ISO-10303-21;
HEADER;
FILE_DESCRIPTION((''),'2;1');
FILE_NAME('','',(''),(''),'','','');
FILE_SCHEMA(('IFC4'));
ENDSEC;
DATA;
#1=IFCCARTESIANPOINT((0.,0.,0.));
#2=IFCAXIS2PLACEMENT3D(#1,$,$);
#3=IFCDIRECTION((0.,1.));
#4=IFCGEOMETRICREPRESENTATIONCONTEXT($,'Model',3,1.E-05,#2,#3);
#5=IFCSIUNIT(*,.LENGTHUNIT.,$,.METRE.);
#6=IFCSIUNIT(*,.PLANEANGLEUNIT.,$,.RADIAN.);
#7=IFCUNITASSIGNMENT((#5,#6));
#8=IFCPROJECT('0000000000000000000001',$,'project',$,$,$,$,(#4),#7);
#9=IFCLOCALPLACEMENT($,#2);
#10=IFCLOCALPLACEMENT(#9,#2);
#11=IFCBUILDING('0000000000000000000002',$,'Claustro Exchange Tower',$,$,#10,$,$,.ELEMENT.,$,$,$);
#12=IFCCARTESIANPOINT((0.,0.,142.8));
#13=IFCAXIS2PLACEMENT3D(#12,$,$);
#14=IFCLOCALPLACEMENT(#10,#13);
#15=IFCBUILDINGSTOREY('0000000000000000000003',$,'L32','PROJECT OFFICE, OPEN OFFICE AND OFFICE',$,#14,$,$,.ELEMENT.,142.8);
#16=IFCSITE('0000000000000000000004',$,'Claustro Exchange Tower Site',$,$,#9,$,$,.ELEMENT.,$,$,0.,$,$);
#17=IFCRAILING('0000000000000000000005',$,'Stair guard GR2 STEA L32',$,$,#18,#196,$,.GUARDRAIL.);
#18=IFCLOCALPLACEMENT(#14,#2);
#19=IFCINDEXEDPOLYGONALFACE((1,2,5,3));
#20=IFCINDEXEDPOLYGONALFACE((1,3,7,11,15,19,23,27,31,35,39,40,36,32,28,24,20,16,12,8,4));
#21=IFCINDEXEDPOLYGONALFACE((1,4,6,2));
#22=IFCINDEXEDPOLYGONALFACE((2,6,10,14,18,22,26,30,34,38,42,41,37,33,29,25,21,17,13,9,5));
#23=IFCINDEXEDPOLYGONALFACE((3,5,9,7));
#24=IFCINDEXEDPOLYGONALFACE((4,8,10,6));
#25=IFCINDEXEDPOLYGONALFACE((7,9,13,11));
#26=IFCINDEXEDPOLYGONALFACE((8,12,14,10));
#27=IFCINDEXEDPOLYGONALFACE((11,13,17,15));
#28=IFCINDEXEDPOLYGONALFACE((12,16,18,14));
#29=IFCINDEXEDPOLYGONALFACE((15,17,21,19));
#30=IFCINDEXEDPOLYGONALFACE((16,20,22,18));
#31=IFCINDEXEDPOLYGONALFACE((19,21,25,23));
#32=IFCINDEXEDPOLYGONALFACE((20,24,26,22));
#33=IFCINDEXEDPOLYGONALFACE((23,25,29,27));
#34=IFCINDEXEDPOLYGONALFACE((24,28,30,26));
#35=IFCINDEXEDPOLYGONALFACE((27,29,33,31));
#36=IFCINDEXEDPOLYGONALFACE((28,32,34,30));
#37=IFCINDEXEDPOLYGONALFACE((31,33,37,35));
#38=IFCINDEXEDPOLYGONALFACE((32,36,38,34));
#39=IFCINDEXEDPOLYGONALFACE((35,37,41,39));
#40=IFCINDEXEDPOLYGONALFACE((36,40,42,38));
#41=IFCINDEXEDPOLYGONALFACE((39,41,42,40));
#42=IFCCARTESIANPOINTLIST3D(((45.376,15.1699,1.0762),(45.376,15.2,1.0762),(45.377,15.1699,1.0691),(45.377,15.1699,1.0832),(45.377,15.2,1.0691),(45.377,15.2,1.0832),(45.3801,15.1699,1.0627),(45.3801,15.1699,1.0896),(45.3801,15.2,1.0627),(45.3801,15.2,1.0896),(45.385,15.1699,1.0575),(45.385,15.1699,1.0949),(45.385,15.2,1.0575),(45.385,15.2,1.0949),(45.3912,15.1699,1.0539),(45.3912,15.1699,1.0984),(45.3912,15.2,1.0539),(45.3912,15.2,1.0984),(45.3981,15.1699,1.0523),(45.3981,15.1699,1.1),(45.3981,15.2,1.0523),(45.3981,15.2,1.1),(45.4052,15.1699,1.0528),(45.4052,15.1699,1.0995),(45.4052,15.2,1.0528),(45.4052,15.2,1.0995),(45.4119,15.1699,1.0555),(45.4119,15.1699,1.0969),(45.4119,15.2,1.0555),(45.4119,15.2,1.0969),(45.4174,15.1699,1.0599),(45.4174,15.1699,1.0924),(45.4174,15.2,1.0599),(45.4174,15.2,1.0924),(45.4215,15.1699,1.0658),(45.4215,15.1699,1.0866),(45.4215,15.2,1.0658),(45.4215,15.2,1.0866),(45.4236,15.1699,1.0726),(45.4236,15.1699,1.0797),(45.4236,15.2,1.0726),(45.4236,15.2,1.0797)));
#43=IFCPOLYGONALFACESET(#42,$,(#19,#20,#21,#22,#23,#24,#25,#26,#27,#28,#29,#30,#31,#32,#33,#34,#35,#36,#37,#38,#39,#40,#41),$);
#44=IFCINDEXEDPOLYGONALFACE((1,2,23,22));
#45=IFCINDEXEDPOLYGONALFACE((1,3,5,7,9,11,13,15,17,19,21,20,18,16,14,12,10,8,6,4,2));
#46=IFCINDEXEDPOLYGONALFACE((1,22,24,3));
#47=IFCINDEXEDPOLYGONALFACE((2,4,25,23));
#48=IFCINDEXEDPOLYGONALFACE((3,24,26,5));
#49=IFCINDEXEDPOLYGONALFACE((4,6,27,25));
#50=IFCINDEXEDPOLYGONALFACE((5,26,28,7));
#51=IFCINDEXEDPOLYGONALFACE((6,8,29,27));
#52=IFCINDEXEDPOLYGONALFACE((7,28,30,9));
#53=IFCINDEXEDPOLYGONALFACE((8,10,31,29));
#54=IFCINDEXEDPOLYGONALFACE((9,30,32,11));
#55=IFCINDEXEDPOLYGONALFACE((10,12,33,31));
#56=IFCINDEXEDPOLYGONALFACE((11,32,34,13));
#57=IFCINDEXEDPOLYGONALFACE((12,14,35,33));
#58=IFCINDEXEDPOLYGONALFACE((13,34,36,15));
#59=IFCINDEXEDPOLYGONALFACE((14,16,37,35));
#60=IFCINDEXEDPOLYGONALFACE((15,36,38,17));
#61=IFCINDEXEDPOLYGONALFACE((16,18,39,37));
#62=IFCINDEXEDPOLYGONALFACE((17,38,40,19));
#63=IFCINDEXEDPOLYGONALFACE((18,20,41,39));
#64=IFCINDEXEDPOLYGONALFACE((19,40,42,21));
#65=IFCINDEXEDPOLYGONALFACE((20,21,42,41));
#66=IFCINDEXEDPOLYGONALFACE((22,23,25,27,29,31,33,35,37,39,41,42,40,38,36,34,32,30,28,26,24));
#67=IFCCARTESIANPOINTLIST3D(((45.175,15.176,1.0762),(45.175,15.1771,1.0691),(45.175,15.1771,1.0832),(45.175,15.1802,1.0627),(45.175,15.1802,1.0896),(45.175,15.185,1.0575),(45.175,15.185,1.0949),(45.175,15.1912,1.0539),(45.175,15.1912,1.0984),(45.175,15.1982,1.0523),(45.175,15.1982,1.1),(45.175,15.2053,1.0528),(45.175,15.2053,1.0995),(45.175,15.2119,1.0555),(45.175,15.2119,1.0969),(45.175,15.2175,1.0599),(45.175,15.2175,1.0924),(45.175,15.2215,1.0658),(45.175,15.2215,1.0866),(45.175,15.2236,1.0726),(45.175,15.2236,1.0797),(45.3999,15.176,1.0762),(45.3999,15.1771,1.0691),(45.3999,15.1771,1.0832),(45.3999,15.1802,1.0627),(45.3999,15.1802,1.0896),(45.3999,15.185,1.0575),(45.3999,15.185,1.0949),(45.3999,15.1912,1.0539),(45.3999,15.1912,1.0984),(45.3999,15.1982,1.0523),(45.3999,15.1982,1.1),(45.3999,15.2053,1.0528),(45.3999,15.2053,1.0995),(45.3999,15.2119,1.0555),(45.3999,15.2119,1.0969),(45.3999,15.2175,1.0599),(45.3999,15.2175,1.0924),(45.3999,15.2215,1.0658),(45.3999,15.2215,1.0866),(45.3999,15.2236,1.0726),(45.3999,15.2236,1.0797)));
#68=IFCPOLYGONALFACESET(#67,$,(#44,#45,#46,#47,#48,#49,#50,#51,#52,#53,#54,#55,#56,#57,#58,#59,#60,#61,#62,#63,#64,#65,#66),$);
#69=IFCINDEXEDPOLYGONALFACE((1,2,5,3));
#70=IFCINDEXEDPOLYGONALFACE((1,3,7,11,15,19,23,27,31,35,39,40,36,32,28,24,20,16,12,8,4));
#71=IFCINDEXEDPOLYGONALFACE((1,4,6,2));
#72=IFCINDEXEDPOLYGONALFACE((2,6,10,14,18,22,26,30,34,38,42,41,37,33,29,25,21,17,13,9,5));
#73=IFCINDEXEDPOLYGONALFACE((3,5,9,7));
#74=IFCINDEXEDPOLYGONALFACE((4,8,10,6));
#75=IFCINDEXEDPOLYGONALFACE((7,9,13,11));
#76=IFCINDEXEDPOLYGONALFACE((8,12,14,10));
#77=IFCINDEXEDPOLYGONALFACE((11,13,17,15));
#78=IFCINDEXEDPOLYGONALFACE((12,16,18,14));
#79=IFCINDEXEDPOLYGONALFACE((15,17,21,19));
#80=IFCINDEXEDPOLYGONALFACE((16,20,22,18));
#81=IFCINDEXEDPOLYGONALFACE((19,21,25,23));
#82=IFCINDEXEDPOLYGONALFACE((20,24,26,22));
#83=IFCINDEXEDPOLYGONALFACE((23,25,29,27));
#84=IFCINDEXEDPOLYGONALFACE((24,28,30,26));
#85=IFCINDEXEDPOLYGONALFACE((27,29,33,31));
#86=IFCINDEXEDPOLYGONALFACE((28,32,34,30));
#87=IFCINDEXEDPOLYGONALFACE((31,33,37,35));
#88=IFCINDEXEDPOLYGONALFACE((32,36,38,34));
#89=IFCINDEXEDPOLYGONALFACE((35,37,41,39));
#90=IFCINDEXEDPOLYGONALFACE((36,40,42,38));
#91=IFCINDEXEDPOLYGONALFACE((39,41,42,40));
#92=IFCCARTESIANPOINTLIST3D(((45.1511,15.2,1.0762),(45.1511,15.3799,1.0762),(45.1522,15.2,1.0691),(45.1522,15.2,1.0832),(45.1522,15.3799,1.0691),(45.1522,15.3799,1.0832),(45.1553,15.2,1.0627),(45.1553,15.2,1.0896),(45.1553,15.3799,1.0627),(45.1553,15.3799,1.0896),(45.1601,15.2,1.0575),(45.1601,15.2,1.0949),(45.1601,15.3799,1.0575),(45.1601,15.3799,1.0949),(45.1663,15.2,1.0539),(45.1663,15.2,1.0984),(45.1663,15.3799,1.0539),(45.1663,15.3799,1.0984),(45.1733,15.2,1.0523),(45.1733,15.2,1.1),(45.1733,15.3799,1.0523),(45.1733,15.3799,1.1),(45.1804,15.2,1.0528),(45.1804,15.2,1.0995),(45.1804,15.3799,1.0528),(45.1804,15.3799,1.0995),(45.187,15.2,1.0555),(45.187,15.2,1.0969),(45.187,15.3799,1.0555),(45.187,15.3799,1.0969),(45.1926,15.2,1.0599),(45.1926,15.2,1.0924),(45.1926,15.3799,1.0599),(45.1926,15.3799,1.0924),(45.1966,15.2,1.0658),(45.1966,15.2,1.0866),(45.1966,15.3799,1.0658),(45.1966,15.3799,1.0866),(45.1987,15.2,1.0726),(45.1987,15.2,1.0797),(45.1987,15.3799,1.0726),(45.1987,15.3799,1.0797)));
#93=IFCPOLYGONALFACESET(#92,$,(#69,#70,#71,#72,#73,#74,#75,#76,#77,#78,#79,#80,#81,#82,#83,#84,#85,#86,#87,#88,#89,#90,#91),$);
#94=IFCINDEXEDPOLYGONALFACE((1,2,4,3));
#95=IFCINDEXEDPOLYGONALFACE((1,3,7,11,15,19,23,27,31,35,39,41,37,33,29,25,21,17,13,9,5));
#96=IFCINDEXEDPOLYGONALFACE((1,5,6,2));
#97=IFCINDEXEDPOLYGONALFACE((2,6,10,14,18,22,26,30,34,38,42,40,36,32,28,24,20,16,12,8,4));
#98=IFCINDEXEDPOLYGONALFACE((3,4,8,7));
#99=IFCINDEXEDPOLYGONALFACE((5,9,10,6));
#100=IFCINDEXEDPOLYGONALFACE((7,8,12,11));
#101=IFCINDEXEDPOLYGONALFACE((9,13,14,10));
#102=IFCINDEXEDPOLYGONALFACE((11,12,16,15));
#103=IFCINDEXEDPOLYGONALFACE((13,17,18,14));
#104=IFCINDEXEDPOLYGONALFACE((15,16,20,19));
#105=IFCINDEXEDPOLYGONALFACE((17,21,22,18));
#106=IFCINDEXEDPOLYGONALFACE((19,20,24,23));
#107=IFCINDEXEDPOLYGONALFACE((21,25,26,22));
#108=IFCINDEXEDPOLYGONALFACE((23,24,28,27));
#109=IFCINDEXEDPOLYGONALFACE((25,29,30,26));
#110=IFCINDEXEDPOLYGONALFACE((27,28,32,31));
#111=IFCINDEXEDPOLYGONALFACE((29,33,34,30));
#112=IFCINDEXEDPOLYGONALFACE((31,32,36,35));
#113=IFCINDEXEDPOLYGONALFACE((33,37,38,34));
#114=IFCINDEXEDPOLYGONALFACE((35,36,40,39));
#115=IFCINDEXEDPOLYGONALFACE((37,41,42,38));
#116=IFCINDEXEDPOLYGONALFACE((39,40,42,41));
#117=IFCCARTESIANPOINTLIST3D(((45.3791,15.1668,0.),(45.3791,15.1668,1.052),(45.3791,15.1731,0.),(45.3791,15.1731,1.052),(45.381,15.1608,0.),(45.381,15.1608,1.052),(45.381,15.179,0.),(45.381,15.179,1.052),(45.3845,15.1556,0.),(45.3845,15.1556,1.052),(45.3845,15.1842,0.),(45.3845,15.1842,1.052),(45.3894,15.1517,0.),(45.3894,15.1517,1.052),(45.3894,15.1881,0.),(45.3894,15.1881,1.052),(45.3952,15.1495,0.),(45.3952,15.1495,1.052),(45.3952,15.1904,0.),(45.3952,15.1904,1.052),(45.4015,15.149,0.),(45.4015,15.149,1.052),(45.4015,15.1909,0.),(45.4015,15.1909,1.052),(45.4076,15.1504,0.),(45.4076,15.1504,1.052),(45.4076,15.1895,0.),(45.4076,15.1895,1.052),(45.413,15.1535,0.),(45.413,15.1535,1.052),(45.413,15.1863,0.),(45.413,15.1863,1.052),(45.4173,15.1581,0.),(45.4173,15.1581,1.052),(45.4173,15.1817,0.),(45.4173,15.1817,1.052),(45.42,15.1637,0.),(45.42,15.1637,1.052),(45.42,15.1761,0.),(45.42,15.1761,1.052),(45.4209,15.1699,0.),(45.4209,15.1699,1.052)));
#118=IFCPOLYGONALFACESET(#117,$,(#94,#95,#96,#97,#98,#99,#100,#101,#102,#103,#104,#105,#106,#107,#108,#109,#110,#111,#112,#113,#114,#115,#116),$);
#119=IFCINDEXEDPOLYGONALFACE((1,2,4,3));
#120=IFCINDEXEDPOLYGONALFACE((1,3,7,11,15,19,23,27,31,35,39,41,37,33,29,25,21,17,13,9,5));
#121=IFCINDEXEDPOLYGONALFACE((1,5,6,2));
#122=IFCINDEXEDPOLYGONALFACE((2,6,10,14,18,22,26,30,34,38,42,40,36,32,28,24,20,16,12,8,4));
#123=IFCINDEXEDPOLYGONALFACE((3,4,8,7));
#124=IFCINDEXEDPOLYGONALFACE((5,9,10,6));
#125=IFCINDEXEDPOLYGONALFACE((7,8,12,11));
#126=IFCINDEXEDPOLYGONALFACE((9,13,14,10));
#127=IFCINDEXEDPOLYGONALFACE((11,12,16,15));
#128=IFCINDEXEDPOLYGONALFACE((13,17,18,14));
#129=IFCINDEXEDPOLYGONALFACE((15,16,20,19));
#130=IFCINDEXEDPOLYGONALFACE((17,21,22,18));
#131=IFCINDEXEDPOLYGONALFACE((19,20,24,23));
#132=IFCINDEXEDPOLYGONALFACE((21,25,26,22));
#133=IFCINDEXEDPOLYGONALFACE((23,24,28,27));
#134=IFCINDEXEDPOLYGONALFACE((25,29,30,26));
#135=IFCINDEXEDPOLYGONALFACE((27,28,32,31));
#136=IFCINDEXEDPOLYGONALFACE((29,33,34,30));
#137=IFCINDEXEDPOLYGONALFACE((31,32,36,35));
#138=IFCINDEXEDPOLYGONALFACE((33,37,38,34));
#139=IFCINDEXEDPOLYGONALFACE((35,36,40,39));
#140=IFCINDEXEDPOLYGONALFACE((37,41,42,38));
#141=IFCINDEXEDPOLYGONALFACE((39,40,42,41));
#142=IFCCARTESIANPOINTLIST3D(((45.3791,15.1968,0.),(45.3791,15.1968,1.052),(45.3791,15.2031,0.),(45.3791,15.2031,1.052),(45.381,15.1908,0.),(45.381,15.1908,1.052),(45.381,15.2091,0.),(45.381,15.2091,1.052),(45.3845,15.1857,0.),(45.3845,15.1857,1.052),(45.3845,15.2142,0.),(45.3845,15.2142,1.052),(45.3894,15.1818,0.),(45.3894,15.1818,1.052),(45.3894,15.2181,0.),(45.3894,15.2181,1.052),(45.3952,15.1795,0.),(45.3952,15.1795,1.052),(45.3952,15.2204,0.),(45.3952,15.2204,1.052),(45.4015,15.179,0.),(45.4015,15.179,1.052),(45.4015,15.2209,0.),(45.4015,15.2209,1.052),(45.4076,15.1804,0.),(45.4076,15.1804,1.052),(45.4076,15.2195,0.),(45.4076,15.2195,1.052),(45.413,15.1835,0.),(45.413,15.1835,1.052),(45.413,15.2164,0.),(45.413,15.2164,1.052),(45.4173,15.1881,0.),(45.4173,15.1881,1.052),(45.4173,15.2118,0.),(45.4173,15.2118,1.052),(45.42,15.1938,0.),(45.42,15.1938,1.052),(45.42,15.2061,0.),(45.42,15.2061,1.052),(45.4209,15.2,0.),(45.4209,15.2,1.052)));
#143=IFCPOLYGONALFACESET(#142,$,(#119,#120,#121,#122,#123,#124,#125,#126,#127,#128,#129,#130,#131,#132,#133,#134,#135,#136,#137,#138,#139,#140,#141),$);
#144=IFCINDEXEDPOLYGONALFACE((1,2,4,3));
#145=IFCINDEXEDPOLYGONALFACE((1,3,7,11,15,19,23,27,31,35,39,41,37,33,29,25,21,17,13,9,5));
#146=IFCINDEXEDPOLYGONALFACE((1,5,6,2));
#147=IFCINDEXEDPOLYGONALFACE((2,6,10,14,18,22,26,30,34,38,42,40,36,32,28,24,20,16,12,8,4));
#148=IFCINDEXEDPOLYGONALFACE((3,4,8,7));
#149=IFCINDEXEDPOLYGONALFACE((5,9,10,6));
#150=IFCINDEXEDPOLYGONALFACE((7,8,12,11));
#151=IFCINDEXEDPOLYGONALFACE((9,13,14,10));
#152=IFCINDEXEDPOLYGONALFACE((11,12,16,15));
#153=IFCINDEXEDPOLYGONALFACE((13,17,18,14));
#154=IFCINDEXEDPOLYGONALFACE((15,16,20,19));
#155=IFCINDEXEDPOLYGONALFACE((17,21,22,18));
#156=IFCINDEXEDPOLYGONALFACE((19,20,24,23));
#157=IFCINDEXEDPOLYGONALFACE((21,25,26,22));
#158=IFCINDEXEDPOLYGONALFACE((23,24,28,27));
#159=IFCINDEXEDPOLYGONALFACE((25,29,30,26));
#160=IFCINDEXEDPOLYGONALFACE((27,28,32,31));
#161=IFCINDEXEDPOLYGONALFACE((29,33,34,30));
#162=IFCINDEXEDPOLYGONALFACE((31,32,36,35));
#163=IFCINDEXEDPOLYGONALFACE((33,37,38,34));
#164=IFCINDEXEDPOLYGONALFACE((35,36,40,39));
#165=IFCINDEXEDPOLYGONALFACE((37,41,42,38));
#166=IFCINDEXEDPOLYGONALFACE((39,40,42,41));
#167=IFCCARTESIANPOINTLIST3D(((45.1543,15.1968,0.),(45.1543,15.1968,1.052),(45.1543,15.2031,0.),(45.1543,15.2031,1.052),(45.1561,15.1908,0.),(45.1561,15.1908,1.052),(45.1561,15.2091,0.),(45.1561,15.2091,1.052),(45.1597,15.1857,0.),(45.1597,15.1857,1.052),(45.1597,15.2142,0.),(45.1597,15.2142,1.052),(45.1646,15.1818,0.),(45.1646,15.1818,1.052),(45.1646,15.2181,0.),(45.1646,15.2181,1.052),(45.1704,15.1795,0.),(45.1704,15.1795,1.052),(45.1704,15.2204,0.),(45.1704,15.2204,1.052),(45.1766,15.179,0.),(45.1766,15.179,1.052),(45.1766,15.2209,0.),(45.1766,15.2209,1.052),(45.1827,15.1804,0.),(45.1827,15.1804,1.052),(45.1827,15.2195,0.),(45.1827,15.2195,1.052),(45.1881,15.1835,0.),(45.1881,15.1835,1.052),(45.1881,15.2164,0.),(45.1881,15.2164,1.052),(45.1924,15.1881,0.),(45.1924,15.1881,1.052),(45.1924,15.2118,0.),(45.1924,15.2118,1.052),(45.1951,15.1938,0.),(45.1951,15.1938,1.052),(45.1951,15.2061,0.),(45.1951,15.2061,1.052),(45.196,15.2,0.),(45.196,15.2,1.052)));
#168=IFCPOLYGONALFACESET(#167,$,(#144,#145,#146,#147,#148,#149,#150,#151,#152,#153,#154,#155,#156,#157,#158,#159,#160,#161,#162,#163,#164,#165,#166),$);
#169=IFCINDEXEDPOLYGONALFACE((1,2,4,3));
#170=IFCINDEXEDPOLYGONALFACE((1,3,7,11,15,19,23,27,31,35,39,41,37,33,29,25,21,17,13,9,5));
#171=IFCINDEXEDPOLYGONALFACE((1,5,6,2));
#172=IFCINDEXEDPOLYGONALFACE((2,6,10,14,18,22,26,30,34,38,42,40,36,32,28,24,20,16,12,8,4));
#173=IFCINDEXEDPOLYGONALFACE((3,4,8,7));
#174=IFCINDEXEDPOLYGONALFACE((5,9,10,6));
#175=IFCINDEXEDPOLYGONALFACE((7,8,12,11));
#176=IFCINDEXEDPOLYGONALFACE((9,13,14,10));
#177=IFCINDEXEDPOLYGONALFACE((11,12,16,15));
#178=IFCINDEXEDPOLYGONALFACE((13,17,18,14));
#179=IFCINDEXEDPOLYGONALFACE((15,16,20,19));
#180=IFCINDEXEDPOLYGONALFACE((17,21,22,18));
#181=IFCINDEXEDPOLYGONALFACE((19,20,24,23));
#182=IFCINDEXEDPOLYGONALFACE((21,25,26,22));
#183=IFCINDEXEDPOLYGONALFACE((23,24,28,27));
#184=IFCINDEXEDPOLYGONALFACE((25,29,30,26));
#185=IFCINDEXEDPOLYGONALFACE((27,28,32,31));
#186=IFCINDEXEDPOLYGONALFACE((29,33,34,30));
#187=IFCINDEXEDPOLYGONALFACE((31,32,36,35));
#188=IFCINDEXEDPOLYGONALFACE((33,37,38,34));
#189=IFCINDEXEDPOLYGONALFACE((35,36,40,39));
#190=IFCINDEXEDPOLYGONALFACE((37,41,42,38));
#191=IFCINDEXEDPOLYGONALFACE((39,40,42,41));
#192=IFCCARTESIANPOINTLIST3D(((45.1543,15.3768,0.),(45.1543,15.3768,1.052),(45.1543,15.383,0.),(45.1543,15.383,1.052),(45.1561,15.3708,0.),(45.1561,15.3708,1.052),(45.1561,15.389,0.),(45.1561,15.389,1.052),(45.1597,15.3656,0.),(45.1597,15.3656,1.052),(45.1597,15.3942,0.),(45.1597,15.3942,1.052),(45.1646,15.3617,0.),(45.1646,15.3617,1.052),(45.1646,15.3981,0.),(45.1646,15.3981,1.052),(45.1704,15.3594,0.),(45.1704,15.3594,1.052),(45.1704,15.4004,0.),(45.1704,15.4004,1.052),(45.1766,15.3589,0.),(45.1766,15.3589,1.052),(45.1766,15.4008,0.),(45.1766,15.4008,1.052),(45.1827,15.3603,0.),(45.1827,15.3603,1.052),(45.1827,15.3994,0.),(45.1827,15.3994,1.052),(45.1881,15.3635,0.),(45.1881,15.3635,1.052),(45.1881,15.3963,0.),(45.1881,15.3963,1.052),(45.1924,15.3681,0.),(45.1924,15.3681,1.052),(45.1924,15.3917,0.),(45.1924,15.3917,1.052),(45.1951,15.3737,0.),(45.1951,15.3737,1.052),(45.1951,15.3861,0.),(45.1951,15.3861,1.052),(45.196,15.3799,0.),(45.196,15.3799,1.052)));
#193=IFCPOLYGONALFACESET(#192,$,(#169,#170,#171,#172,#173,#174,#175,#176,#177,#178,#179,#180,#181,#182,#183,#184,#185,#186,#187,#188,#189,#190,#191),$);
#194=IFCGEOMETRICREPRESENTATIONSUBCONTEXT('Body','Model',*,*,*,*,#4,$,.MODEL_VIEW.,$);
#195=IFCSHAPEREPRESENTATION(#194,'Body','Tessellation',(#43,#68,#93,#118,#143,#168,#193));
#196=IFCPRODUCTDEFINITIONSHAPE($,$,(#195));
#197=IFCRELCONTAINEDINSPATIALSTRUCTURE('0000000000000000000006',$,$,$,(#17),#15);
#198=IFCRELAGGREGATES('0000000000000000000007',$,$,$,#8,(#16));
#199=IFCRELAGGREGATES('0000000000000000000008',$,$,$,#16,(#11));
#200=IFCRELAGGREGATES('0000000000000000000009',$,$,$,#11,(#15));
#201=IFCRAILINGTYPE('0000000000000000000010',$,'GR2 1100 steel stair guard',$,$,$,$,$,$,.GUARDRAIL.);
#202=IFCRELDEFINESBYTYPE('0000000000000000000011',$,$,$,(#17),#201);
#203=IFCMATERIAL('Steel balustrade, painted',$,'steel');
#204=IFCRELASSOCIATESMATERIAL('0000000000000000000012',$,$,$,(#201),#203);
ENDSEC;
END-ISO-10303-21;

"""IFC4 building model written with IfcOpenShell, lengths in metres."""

from ifc_helpers import new_model, si_unit, direction, frame, origin, origin_2d, place, context, subcontext, project, spatial, circle, extrude, material, type_object, element, save


model = new_model("IFC4")

# Units and contexts
model_context = context("Model", 3, precision=1e-05, world=origin(), true_north=direction((0.0, 1.0)))
body_context = subcontext(model_context, "Body", "Model", "MODEL_VIEW")
ifc_project = project(units=[si_unit("LENGTHUNIT", "METRE"), si_unit("PLANEANGLEUNIT", "RADIAN")], contexts=[model_context])

# Site, building, storey
site_placement = place(None, origin())
site = spatial("IfcSite", under=ifc_project, at=site_placement, Name="Claustro Exchange Tower Site", CompositionType="ELEMENT", RefElevation=0.0)
building_placement = place(site_placement, origin())
building = spatial("IfcBuilding", under=site, at=building_placement, Name="Claustro Exchange Tower", CompositionType="ELEMENT")
storey_placement = place(building_placement, frame((0.0, 0.0, 142.8)))
storey = spatial("IfcBuildingStorey", under=building, at=storey_placement, Name="L32", Description="PROJECT OFFICE, OPEN OFFICE AND OFFICE", CompositionType="ELEMENT", Elevation=142.8)

# Railing
ifc_material_1 = material(Name="Steel balustrade, painted", Category="steel")
railing_type_1 = type_object("IfcRailingType", Name="GR2 1100 steel stair guard", PredefinedType="GUARDRAIL", material=ifc_material_1)
railing_1_placement = place(storey_placement, frame((45.3999, 15.1699, 0.0)))
element("IfcRailing", 1, at=railing_1_placement, inside=storey, type_object=railing_type_1, Name="Stair guard GR2 STEA L32", PredefinedType="GUARDRAIL", context=body_context, shape_type="SweptSolid", body=[
    extrude(circle(Radius=0.0239, at=origin_2d()), frame((0.0, 0.0, 1.0762), z_axis=(0.0, 1.0, 0.0), x_axis=(-1.0, 0.0, 0.0)), (0.0, 0.0, 1.0), 0.03),
    extrude(circle(Radius=0.0239, at=origin_2d()), frame((0.0, 0.03, 1.0762), z_axis=(-1.0, 0.0, 0.0), x_axis=(0.0, -1.0, 0.0)), (0.0, 0.0, 1.0), 0.2249),
    extrude(circle(Radius=0.0239, at=origin_2d()), frame((-0.2249, 0.03, 1.0762), z_axis=(0.0, 1.0, 0.0), x_axis=(-1.0, 0.0, 0.0)), (0.0, 0.0, 1.0), 0.1799),
    extrude(circle(Radius=0.021, at=origin_2d()), origin(), (0.0, 0.0, 1.0), 1.052),
    extrude(circle(Radius=0.021, at=origin_2d()), frame((0.0, 0.03, 0.0)), (0.0, 0.0, 1.0), 1.052),
    extrude(circle(Radius=0.021, at=origin_2d()), frame((-0.2249, 0.03, 0.0)), (0.0, 0.0, 1.0), 1.052),
    extrude(circle(Radius=0.021, at=origin_2d()), frame((-0.2249, 0.21, 0.0)), (0.0, 0.0, 1.0), 1.052),
])

save(model, "model.ifc")
